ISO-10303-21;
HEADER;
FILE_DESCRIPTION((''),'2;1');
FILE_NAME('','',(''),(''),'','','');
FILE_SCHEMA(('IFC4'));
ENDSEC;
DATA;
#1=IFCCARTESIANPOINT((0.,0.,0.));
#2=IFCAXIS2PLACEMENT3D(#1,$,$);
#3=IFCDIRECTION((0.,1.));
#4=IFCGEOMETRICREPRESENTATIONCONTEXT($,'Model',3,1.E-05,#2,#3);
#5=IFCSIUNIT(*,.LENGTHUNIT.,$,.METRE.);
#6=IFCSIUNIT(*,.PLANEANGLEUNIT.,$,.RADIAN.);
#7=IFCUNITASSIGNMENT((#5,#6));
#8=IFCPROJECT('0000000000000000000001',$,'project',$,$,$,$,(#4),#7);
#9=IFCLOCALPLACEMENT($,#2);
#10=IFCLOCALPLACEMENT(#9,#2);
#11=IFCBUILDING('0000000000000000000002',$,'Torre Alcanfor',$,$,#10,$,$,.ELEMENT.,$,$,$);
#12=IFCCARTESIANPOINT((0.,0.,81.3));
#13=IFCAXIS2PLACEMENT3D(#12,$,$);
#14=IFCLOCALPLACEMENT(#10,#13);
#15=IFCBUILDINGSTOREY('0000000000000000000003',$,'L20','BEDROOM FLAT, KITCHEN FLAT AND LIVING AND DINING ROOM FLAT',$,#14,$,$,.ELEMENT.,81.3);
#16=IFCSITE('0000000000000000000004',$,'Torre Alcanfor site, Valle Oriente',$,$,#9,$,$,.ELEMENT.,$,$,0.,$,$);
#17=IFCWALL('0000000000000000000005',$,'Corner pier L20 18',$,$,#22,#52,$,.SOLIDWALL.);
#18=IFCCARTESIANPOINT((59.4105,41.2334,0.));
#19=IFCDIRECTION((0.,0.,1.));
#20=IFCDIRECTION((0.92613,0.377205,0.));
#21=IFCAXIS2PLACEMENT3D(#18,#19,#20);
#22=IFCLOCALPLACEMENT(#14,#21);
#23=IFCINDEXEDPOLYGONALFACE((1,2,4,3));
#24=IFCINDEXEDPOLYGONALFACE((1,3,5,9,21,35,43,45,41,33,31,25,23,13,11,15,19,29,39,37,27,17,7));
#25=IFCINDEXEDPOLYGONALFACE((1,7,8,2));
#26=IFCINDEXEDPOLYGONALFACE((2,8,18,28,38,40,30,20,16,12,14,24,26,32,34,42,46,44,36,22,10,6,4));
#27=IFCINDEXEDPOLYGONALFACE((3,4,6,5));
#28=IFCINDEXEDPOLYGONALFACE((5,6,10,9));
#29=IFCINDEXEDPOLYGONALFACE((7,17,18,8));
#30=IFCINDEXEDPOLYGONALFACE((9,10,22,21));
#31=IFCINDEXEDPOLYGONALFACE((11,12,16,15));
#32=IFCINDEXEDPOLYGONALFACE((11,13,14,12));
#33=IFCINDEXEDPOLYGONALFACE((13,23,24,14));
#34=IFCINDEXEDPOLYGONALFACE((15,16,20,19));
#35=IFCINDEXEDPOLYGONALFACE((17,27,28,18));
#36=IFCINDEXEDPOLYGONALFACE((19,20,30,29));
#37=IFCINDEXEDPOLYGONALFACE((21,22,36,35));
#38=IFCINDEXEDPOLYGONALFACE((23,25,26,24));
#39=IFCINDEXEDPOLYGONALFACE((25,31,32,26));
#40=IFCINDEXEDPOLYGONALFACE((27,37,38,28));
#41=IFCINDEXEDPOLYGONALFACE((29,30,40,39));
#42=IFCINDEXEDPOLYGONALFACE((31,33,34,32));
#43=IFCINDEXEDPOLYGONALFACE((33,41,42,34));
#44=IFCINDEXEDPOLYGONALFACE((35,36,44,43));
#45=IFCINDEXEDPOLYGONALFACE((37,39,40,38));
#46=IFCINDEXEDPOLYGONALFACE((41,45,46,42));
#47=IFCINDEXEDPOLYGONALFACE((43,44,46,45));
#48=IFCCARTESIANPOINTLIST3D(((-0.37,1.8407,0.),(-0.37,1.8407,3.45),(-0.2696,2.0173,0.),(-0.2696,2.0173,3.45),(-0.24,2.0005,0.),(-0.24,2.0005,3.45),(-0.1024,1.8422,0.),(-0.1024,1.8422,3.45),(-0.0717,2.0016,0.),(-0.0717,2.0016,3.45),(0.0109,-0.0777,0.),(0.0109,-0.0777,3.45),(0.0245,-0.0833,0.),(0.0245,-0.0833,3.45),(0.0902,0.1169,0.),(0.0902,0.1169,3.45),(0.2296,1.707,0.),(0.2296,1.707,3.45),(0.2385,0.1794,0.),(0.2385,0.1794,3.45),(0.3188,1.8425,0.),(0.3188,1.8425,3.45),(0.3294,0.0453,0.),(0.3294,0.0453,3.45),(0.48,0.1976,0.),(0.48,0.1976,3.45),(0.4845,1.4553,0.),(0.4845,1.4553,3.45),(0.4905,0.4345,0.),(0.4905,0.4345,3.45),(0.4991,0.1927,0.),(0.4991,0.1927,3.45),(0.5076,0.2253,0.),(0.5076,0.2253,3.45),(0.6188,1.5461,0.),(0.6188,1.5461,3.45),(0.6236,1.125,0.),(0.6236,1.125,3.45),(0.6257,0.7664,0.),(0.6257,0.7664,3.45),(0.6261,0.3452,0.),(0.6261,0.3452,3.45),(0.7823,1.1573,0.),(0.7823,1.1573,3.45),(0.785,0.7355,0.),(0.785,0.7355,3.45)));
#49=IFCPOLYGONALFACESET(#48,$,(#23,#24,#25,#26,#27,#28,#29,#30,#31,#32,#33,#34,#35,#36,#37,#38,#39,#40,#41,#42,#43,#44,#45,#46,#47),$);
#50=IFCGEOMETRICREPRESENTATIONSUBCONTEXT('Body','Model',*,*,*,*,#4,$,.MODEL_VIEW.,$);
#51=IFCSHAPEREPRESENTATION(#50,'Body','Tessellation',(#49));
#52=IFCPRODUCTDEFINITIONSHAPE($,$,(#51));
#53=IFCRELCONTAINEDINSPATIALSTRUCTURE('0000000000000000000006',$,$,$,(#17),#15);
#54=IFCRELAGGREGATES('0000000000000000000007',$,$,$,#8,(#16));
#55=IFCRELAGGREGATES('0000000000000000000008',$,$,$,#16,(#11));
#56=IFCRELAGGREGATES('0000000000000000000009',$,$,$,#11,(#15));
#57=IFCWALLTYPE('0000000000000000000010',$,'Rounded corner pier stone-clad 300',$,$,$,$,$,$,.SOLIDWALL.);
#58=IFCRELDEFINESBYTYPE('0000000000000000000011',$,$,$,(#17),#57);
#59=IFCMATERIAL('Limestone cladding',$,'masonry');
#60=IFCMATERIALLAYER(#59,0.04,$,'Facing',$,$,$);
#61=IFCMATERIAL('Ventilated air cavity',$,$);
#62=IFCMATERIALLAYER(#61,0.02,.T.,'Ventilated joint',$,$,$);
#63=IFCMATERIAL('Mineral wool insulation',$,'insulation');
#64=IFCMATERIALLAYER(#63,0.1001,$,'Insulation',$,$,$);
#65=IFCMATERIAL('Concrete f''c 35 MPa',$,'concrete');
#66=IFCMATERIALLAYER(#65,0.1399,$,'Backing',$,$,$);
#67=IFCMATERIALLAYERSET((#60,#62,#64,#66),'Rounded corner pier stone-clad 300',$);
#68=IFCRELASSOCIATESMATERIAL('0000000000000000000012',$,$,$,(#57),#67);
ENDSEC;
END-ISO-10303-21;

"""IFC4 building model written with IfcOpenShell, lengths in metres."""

from ifc_helpers import new_model, si_unit, direction, frame, origin, place, context, subcontext, project, spatial, polyline, outline, extrude, material, layer, layer_set, type_object, element, save


model = new_model("IFC4")

# Units and contexts
model_context = context("Model", 3, precision=1e-05, world=origin(), true_north=direction((0.0, 1.0)))
body_context = subcontext(model_context, "Body", "Model", "MODEL_VIEW")
ifc_project = project(units=[si_unit("LENGTHUNIT", "METRE"), si_unit("PLANEANGLEUNIT", "RADIAN")], contexts=[model_context])

# Site, building, storey
site_placement = place(None, origin())
site = spatial("IfcSite", under=ifc_project, at=site_placement, Name="Torre Alcanfor site, Valle Oriente", CompositionType="ELEMENT", RefElevation=0.0)
building_placement = place(site_placement, origin())
building = spatial("IfcBuilding", under=site, at=building_placement, Name="Torre Alcanfor", CompositionType="ELEMENT")
storey_placement = place(building_placement, frame((0.0, 0.0, 81.3)))
storey = spatial("IfcBuildingStorey", under=building, at=storey_placement, Name="L20", Description="BEDROOM FLAT, KITCHEN FLAT AND LIVING AND DINING ROOM FLAT", CompositionType="ELEMENT", Elevation=81.3)

# Wall
ifc_material_1 = material(Name="Limestone cladding", Category="masonry")
ifc_layer_1 = layer(ifc_material_1, 0.04, Name="Facing")
ifc_material_2 = material(Name="Ventilated air cavity")
ifc_layer_2 = layer(ifc_material_2, 0.02, ventilated=True, Name="Ventilated joint")
ifc_material_3 = material(Name="Mineral wool insulation", Category="insulation")
ifc_layer_3 = layer(ifc_material_3, 0.1001, Name="Insulation")
ifc_material_4 = material(Name="Concrete f'c 35 MPa", Category="concrete")
ifc_layer_4 = layer(ifc_material_4, 0.1399, Name="Backing")
ifc_layer_set_1 = layer_set([ifc_layer_1, ifc_layer_2, ifc_layer_3, ifc_layer_4], Name="Rounded corner pier stone-clad 300")
wall_type_1 = type_object("IfcWallType", Name="Rounded corner pier stone-clad 300", PredefinedType="SOLIDWALL", material=ifc_layer_set_1)
wall_1_placement = place(storey_placement, frame((59.4105, 41.2334, 0.0), z_axis=(0.0, 0.0, 1.0), x_axis=(0.92613, 0.377205, 0.0)))
element("IfcWall", 1, at=wall_1_placement, inside=storey, type_object=wall_type_1, Name="Corner pier L20 18", PredefinedType="SOLIDWALL", context=body_context, shape_type="SweptSolid", body=[
    extrude(outline(polyline([(0.6261, 0.3452), (0.785, 0.7355), (0.7823, 1.1573), (0.6188, 1.5461), (0.3188, 1.8425), (-0.0717, 2.0016), (-0.24, 2.0005), (-0.2696, 2.0173), (-0.37, 1.8407), (-0.1024, 1.8422), (0.2296, 1.707), (0.4845, 1.4553), (0.6236, 1.125), (0.6257, 0.7664), (0.4905, 0.4345), (0.2385, 0.1794), (0.0902, 0.1169), (0.0109, -0.0777), (0.0245, -0.0833), (0.3294, 0.0453), (0.48, 0.1976), (0.4991, 0.1927), (0.5076, 0.2253), (0.6261, 0.3452)])), origin(), (0.0, 0.0, 1.0), 3.45),
])

save(model, "model.ifc")
